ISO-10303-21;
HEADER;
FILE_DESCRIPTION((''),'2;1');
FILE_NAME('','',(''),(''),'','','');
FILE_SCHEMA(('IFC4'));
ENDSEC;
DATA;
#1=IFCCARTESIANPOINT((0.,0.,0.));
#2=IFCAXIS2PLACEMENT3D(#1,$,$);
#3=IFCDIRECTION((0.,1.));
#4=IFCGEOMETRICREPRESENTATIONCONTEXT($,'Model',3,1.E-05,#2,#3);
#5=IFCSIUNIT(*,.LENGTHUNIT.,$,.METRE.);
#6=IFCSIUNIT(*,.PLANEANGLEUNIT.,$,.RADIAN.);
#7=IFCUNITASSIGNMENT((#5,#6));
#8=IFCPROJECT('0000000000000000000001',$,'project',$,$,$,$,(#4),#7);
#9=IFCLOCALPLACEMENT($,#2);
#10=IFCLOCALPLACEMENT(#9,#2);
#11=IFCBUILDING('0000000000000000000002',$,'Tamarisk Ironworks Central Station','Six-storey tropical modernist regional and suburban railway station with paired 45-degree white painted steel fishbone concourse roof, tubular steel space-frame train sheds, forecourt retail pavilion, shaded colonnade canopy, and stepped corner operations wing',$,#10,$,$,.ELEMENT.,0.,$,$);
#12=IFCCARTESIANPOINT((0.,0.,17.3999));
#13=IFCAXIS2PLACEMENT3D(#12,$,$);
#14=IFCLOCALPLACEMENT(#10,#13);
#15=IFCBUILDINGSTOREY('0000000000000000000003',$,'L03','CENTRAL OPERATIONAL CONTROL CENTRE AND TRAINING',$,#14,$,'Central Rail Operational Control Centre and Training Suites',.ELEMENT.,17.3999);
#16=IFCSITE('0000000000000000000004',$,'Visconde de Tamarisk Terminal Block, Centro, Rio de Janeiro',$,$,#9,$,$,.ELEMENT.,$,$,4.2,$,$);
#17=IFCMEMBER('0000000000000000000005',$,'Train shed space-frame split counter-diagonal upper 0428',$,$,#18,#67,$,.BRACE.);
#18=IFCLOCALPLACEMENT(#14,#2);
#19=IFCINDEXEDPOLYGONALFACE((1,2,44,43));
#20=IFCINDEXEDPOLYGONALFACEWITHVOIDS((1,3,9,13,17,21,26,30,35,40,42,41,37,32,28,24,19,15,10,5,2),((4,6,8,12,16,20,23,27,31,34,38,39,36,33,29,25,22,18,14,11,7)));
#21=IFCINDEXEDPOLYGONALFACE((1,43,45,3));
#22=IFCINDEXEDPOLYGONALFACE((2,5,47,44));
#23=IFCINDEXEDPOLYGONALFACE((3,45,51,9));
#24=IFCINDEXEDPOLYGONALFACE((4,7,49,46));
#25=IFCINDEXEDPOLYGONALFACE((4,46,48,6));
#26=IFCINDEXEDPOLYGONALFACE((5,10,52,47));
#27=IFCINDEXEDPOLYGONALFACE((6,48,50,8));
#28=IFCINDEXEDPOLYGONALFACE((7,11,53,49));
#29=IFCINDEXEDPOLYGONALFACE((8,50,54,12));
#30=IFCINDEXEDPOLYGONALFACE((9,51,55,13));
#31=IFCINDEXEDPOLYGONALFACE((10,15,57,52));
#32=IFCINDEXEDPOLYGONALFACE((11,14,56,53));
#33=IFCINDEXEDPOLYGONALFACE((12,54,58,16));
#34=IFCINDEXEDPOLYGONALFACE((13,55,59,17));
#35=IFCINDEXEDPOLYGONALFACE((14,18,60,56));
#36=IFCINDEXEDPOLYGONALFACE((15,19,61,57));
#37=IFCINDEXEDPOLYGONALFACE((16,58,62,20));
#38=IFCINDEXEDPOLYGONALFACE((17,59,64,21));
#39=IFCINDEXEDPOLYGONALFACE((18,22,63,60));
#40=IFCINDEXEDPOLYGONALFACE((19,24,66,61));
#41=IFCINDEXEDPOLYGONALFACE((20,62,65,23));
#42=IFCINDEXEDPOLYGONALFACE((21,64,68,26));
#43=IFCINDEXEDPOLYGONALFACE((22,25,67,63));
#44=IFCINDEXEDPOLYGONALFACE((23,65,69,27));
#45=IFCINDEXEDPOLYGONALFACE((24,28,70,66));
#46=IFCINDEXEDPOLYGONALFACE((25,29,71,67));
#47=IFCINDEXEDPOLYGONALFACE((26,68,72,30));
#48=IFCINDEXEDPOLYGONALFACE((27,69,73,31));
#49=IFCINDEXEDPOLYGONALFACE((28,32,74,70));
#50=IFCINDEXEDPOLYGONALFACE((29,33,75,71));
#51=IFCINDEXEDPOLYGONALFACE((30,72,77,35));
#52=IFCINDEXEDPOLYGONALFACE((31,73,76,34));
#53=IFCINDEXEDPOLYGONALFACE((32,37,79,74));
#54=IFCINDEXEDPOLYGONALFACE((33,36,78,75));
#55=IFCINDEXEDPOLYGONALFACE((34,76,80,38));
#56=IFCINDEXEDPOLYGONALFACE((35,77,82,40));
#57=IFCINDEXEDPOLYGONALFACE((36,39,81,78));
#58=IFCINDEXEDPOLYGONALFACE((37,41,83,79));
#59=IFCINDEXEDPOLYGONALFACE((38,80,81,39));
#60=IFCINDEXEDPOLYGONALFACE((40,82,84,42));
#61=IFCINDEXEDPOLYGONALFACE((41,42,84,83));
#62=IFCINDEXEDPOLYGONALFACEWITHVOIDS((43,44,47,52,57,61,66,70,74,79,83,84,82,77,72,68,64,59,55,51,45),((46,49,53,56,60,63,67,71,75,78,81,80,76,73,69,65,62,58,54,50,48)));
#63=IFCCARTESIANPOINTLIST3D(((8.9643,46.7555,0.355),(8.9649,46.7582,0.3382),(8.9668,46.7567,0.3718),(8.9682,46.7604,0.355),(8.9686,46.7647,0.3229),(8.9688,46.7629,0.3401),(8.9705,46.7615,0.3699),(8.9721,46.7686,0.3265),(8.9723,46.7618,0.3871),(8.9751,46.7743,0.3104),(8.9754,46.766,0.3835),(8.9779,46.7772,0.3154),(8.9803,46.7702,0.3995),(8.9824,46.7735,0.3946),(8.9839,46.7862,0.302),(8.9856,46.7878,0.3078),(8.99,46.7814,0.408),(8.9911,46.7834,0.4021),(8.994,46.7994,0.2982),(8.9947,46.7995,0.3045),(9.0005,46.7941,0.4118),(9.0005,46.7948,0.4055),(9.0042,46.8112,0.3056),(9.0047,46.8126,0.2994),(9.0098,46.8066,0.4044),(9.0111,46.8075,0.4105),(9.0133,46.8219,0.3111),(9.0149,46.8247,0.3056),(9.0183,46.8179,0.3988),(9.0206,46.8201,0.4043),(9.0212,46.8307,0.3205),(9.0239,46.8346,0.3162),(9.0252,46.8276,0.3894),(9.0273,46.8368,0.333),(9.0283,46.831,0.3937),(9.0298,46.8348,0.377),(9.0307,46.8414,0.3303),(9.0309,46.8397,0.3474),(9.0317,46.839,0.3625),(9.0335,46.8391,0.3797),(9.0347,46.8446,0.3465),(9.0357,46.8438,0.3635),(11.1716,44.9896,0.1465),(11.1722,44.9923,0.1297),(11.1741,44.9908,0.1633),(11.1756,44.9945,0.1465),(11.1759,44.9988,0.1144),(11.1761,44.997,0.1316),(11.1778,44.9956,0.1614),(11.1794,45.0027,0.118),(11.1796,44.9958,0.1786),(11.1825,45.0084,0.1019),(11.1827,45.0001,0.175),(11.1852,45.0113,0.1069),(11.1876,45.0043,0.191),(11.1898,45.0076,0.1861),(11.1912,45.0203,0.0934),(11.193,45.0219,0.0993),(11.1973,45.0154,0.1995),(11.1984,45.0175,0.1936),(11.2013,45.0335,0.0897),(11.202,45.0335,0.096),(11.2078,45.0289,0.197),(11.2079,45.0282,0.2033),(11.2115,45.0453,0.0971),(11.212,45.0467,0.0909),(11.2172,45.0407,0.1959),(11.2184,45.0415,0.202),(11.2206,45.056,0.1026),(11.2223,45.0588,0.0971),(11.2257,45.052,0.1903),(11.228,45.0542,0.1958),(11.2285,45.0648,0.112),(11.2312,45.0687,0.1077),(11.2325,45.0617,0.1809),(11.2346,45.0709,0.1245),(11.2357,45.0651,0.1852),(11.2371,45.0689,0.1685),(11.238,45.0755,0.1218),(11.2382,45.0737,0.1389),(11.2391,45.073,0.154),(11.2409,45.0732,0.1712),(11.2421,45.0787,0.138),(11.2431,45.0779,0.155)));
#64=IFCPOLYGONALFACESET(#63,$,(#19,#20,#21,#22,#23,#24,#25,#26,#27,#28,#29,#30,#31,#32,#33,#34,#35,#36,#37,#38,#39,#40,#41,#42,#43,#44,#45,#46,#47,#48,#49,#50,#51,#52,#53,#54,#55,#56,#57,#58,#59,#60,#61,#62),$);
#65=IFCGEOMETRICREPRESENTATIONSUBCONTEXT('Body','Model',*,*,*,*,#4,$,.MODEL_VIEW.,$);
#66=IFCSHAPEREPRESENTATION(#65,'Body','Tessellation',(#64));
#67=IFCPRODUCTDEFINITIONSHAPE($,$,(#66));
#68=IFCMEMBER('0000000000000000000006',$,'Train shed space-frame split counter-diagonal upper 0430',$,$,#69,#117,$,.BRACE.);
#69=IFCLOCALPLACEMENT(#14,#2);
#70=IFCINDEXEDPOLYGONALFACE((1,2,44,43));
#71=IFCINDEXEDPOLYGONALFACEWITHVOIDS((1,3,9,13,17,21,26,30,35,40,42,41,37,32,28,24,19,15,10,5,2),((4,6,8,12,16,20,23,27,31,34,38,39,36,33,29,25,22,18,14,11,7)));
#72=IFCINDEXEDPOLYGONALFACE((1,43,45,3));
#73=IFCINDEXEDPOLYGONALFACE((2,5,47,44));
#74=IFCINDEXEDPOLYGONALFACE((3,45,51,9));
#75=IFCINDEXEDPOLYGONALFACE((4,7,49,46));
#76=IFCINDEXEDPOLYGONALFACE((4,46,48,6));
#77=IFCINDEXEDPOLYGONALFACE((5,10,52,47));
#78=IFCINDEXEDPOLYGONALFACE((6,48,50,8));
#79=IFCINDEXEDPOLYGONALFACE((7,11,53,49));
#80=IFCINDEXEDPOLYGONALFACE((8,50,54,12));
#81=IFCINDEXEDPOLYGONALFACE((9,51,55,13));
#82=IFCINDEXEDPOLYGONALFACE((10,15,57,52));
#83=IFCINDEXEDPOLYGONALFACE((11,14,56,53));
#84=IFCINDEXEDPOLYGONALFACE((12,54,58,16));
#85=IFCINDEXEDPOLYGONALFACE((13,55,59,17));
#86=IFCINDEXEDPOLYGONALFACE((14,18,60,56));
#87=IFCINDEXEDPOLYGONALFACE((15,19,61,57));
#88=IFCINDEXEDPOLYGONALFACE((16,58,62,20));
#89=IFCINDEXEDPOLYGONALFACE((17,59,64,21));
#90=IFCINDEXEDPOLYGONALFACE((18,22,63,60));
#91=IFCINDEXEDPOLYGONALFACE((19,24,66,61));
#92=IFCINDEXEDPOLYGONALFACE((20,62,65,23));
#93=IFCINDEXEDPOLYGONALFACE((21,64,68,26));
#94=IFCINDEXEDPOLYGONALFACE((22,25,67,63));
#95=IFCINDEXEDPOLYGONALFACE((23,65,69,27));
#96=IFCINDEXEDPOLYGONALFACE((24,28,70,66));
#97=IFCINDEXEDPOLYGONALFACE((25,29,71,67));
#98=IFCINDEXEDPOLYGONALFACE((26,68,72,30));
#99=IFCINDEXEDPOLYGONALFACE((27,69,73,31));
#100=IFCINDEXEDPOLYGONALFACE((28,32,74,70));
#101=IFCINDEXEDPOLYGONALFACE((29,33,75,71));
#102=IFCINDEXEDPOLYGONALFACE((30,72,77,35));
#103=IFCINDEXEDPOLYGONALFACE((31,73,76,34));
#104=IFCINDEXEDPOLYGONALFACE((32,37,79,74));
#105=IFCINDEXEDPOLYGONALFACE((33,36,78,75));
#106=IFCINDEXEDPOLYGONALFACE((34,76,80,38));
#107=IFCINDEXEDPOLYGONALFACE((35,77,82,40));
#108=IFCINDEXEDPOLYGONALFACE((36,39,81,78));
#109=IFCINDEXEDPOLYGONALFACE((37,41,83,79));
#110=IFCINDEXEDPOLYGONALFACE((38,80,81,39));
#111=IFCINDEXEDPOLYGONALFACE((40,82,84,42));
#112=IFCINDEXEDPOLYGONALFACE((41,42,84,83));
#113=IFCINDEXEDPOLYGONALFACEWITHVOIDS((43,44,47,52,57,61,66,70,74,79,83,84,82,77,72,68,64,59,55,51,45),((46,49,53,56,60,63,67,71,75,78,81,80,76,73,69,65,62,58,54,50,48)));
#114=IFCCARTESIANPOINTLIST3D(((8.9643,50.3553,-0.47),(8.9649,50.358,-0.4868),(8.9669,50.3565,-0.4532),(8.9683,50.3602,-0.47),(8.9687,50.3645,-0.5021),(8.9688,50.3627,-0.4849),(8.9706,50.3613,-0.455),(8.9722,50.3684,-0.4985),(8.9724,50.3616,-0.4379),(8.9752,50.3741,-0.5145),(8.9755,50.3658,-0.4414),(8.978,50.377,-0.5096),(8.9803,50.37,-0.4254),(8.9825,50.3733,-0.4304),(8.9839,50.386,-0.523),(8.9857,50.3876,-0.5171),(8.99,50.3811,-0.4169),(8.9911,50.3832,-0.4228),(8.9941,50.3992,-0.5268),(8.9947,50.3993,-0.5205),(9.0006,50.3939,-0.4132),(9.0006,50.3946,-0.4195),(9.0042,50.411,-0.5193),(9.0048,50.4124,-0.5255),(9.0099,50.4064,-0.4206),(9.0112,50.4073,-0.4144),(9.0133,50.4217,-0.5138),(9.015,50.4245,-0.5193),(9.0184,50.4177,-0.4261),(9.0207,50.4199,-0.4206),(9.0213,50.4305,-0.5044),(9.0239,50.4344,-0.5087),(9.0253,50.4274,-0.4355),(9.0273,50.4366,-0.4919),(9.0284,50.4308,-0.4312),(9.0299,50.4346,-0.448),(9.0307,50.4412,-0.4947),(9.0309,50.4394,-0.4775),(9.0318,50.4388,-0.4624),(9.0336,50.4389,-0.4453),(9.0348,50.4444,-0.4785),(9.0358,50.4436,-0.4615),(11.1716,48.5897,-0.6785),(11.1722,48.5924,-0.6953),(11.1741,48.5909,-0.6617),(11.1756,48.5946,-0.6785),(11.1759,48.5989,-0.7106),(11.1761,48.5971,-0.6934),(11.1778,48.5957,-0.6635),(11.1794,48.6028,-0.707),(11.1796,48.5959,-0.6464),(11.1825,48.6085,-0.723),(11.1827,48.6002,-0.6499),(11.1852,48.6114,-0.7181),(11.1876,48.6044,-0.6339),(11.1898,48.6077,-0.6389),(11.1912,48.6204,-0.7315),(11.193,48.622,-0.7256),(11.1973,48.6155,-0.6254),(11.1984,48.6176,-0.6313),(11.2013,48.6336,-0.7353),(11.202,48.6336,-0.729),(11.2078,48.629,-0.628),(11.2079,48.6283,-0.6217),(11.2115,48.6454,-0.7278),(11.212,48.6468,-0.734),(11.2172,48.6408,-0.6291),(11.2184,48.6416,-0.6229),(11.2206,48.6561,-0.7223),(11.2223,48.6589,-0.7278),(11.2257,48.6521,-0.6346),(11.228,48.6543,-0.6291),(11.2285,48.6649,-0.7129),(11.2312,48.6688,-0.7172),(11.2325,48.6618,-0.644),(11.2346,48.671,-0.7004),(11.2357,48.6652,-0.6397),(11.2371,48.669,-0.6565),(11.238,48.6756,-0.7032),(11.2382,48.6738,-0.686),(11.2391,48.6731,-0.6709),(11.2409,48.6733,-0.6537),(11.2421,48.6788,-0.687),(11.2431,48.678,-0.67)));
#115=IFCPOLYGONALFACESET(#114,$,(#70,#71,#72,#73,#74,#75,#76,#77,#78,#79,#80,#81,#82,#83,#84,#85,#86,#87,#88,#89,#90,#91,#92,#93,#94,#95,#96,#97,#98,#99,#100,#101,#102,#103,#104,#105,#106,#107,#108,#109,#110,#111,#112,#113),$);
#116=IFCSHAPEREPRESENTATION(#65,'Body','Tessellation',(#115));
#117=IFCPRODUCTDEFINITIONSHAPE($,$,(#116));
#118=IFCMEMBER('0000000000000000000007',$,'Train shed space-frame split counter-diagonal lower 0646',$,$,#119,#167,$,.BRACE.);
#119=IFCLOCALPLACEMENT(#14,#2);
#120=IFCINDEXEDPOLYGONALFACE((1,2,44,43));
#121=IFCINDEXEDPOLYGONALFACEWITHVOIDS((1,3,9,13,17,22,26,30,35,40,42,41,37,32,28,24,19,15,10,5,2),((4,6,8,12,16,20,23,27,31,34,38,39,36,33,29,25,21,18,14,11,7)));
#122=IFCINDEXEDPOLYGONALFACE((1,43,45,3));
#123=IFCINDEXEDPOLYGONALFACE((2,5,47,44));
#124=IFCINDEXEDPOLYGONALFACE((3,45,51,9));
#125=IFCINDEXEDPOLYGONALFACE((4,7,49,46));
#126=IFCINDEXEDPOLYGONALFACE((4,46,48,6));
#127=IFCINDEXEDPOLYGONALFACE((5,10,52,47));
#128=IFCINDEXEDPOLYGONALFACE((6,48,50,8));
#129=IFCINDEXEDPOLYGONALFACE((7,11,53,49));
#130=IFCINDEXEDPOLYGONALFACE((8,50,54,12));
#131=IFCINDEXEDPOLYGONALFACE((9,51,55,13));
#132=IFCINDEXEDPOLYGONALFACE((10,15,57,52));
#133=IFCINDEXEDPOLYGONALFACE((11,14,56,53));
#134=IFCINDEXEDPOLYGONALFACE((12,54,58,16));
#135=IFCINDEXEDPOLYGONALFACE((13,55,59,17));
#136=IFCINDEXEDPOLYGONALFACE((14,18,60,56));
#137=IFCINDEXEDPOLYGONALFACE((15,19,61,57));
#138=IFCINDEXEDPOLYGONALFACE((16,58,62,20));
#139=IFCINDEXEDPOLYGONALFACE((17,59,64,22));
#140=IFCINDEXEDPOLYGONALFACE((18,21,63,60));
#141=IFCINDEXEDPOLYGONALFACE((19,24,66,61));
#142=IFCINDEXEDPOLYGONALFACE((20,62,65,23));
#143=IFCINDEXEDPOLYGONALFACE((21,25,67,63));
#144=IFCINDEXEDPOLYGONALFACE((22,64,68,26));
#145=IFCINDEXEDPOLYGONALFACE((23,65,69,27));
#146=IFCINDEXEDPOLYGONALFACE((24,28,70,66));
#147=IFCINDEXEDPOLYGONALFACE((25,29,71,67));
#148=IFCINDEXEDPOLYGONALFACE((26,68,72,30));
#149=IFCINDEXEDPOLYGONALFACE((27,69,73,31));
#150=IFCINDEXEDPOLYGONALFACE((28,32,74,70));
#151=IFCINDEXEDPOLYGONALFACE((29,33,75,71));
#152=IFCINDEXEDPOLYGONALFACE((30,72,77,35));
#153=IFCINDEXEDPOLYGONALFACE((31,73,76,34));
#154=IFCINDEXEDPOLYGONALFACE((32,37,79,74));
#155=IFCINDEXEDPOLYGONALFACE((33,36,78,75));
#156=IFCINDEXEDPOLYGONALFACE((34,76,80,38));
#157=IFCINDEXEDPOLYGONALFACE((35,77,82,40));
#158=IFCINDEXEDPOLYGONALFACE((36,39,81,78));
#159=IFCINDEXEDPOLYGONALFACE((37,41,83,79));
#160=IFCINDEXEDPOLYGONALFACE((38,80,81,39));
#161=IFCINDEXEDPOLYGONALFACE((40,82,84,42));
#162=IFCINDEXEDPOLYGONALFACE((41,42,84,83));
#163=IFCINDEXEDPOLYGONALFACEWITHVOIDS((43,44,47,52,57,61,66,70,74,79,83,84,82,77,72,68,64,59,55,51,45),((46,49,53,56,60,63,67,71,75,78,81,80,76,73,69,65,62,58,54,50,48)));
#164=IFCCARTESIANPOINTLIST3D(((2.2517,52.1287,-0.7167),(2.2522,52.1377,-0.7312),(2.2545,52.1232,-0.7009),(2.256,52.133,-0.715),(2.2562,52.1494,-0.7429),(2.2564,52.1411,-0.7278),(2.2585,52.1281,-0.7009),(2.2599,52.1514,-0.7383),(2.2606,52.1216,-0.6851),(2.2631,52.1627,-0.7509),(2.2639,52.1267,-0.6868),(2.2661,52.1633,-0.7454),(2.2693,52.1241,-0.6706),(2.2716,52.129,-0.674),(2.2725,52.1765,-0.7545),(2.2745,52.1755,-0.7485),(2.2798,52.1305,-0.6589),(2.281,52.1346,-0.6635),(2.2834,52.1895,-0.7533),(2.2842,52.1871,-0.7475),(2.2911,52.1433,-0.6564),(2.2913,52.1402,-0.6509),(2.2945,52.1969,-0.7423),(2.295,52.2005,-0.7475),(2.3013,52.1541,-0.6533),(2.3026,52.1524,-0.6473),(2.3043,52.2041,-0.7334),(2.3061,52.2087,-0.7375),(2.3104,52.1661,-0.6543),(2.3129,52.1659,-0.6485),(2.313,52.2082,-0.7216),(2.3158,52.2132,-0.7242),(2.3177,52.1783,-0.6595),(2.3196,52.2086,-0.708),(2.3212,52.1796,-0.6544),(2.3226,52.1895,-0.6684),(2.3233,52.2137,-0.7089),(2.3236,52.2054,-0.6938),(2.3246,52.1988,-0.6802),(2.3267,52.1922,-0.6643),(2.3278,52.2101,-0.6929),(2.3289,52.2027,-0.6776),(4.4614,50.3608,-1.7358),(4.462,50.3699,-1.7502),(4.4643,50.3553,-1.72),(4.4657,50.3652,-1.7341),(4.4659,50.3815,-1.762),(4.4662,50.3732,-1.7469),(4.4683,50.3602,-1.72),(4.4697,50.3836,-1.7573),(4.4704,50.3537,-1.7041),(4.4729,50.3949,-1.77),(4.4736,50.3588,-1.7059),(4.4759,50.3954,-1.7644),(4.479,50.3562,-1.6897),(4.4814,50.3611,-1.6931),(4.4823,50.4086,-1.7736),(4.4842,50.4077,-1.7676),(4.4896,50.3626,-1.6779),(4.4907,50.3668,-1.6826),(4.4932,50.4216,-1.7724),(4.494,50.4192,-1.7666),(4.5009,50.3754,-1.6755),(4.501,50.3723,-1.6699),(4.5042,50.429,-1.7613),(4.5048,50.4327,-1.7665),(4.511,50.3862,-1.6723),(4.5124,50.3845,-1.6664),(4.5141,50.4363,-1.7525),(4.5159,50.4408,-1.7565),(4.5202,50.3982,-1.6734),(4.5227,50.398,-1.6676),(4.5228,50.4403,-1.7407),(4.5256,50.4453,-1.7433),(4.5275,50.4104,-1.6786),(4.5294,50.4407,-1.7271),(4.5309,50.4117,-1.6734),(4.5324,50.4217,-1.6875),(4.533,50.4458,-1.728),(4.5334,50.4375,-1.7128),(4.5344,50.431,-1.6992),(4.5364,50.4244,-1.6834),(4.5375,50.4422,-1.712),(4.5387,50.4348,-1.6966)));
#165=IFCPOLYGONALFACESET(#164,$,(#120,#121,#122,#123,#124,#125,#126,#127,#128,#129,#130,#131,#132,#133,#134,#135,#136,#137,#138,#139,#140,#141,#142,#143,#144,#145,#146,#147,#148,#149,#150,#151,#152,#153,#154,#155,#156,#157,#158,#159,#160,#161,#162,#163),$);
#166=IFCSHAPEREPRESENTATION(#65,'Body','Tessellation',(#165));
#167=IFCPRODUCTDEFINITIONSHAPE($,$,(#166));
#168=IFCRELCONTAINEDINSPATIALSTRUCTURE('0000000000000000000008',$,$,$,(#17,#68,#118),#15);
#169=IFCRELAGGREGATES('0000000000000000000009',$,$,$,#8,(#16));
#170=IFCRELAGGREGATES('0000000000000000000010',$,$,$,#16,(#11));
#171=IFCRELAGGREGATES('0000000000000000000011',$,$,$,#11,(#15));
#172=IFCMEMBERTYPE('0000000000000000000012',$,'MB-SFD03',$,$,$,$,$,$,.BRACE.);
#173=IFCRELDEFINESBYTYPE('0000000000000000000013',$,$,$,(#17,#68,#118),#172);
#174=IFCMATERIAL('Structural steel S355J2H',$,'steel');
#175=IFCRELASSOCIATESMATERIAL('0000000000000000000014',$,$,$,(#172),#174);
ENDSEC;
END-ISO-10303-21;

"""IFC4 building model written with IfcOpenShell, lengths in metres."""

from ifc_helpers import new_model, si_unit, direction, frame, origin, origin_2d, place, context, subcontext, project, spatial, hollow_circle, extrude, material, material_profile, profile_set, type_object, element, save


model = new_model("IFC4")

# Units and contexts
model_context = context("Model", 3, precision=1e-05, world=origin(), true_north=direction((0.0, 1.0)))
body_context = subcontext(model_context, "Body", "Model", "MODEL_VIEW")
ifc_project = project(units=[si_unit("LENGTHUNIT", "METRE"), si_unit("PLANEANGLEUNIT", "RADIAN")], contexts=[model_context])

# Site, building, storey
site_placement = place(None, origin())
site = spatial("IfcSite", under=ifc_project, at=site_placement, Name="Visconde de Tamarisk Terminal Block, Centro, Rio de Janeiro", CompositionType="ELEMENT", RefElevation=4.2)
building_placement = place(site_placement, origin())
building = spatial("IfcBuilding", under=site, at=building_placement, Name="Tamarisk Ironworks Central Station", Description="Six-storey tropical modernist regional and suburban railway station with paired 45-degree white painted steel fishbone concourse roof, tubular steel space-frame train sheds, forecourt retail pavilion, shaded colonnade canopy, and stepped corner operations wing", CompositionType="ELEMENT", ElevationOfRefHeight=0.0)
storey_placement = place(building_placement, frame((0.0, 0.0, 17.3999)))
storey = spatial("IfcBuildingStorey", under=building, at=storey_placement, Name="L03", Description="CENTRAL OPERATIONAL CONTROL CENTRE AND TRAINING", LongName="Central Rail Operational Control Centre and Training Suites", CompositionType="ELEMENT", Elevation=17.3999)

# Members
ifc_material_1 = material(Name="Structural steel S355J2H", Category="steel")
ifc_material_profile_1 = material_profile(ifc_material_1, hollow_circle(Radius=0.0571, WallThickness=0.0063, at=origin_2d()), Name="CHS 114.3x6.3")
ifc_profile_set_1 = profile_set([ifc_material_profile_1], Name="Structural steel S355J2H")
member_type_1 = type_object("IfcMemberType", Name="MB-SFD03", PredefinedType="BRACE", material=ifc_profile_set_1)
member_1_placement = place(storey_placement, frame((11.2073, 45.0342, 0.1465), z_axis=(-0.778745, 0.623013, 0.073559), x_axis=(-0.624706, -0.78086, 0.0)))
element("IfcMember", 1, at=member_1_placement, inside=storey, type_object=member_type_1, Name="Train shed space-frame split counter-diagonal upper 0428", PredefinedType="BRACE", context=body_context, shape_type="SweptSolid", body=[
    extrude(hollow_circle(Radius=0.0571, WallThickness=0.0063, at=origin_2d()), origin(), (0.0, 0.0, 1.0), 2.8345),
])
member_2_placement = place(storey_placement, frame((11.2073, 48.6343, -0.6785), z_axis=(-0.778787, 0.62296, 0.073563), x_axis=(-0.624653, -0.780903, 0.0)))
element("IfcMember", 2, at=member_2_placement, inside=storey, type_object=member_type_1, Name="Train shed space-frame split counter-diagonal upper 0430", PredefinedType="BRACE", context=body_context, shape_type="SweptSolid", body=[
    extrude(hollow_circle(Radius=0.0571, WallThickness=0.0063, at=origin_2d()), origin(), (0.0, 0.0, 1.0), 2.8342),
])
for number, where, z_axis, x_axis, name in (
    (3, (4.5, 50.3999, -1.72), (-0.734677, 0.587758, 0.338807), (-0.624706, -0.78086, 0.0), "Train shed space-frame split counter-diagonal lower 0646"),
):
    element("IfcMember", number, at=place(storey_placement, frame(where, z_axis=z_axis, x_axis=x_axis)), inside=storey, type_object=member_type_1, Name=name, PredefinedType="BRACE", context=body_context, shape_type="SweptSolid", body=[
        extrude(hollow_circle(Radius=0.0571, WallThickness=0.0063, at=origin_2d()), origin(), (0.0, 0.0, 1.0), 3.0078),
    ])

save(model, "model.ifc")
